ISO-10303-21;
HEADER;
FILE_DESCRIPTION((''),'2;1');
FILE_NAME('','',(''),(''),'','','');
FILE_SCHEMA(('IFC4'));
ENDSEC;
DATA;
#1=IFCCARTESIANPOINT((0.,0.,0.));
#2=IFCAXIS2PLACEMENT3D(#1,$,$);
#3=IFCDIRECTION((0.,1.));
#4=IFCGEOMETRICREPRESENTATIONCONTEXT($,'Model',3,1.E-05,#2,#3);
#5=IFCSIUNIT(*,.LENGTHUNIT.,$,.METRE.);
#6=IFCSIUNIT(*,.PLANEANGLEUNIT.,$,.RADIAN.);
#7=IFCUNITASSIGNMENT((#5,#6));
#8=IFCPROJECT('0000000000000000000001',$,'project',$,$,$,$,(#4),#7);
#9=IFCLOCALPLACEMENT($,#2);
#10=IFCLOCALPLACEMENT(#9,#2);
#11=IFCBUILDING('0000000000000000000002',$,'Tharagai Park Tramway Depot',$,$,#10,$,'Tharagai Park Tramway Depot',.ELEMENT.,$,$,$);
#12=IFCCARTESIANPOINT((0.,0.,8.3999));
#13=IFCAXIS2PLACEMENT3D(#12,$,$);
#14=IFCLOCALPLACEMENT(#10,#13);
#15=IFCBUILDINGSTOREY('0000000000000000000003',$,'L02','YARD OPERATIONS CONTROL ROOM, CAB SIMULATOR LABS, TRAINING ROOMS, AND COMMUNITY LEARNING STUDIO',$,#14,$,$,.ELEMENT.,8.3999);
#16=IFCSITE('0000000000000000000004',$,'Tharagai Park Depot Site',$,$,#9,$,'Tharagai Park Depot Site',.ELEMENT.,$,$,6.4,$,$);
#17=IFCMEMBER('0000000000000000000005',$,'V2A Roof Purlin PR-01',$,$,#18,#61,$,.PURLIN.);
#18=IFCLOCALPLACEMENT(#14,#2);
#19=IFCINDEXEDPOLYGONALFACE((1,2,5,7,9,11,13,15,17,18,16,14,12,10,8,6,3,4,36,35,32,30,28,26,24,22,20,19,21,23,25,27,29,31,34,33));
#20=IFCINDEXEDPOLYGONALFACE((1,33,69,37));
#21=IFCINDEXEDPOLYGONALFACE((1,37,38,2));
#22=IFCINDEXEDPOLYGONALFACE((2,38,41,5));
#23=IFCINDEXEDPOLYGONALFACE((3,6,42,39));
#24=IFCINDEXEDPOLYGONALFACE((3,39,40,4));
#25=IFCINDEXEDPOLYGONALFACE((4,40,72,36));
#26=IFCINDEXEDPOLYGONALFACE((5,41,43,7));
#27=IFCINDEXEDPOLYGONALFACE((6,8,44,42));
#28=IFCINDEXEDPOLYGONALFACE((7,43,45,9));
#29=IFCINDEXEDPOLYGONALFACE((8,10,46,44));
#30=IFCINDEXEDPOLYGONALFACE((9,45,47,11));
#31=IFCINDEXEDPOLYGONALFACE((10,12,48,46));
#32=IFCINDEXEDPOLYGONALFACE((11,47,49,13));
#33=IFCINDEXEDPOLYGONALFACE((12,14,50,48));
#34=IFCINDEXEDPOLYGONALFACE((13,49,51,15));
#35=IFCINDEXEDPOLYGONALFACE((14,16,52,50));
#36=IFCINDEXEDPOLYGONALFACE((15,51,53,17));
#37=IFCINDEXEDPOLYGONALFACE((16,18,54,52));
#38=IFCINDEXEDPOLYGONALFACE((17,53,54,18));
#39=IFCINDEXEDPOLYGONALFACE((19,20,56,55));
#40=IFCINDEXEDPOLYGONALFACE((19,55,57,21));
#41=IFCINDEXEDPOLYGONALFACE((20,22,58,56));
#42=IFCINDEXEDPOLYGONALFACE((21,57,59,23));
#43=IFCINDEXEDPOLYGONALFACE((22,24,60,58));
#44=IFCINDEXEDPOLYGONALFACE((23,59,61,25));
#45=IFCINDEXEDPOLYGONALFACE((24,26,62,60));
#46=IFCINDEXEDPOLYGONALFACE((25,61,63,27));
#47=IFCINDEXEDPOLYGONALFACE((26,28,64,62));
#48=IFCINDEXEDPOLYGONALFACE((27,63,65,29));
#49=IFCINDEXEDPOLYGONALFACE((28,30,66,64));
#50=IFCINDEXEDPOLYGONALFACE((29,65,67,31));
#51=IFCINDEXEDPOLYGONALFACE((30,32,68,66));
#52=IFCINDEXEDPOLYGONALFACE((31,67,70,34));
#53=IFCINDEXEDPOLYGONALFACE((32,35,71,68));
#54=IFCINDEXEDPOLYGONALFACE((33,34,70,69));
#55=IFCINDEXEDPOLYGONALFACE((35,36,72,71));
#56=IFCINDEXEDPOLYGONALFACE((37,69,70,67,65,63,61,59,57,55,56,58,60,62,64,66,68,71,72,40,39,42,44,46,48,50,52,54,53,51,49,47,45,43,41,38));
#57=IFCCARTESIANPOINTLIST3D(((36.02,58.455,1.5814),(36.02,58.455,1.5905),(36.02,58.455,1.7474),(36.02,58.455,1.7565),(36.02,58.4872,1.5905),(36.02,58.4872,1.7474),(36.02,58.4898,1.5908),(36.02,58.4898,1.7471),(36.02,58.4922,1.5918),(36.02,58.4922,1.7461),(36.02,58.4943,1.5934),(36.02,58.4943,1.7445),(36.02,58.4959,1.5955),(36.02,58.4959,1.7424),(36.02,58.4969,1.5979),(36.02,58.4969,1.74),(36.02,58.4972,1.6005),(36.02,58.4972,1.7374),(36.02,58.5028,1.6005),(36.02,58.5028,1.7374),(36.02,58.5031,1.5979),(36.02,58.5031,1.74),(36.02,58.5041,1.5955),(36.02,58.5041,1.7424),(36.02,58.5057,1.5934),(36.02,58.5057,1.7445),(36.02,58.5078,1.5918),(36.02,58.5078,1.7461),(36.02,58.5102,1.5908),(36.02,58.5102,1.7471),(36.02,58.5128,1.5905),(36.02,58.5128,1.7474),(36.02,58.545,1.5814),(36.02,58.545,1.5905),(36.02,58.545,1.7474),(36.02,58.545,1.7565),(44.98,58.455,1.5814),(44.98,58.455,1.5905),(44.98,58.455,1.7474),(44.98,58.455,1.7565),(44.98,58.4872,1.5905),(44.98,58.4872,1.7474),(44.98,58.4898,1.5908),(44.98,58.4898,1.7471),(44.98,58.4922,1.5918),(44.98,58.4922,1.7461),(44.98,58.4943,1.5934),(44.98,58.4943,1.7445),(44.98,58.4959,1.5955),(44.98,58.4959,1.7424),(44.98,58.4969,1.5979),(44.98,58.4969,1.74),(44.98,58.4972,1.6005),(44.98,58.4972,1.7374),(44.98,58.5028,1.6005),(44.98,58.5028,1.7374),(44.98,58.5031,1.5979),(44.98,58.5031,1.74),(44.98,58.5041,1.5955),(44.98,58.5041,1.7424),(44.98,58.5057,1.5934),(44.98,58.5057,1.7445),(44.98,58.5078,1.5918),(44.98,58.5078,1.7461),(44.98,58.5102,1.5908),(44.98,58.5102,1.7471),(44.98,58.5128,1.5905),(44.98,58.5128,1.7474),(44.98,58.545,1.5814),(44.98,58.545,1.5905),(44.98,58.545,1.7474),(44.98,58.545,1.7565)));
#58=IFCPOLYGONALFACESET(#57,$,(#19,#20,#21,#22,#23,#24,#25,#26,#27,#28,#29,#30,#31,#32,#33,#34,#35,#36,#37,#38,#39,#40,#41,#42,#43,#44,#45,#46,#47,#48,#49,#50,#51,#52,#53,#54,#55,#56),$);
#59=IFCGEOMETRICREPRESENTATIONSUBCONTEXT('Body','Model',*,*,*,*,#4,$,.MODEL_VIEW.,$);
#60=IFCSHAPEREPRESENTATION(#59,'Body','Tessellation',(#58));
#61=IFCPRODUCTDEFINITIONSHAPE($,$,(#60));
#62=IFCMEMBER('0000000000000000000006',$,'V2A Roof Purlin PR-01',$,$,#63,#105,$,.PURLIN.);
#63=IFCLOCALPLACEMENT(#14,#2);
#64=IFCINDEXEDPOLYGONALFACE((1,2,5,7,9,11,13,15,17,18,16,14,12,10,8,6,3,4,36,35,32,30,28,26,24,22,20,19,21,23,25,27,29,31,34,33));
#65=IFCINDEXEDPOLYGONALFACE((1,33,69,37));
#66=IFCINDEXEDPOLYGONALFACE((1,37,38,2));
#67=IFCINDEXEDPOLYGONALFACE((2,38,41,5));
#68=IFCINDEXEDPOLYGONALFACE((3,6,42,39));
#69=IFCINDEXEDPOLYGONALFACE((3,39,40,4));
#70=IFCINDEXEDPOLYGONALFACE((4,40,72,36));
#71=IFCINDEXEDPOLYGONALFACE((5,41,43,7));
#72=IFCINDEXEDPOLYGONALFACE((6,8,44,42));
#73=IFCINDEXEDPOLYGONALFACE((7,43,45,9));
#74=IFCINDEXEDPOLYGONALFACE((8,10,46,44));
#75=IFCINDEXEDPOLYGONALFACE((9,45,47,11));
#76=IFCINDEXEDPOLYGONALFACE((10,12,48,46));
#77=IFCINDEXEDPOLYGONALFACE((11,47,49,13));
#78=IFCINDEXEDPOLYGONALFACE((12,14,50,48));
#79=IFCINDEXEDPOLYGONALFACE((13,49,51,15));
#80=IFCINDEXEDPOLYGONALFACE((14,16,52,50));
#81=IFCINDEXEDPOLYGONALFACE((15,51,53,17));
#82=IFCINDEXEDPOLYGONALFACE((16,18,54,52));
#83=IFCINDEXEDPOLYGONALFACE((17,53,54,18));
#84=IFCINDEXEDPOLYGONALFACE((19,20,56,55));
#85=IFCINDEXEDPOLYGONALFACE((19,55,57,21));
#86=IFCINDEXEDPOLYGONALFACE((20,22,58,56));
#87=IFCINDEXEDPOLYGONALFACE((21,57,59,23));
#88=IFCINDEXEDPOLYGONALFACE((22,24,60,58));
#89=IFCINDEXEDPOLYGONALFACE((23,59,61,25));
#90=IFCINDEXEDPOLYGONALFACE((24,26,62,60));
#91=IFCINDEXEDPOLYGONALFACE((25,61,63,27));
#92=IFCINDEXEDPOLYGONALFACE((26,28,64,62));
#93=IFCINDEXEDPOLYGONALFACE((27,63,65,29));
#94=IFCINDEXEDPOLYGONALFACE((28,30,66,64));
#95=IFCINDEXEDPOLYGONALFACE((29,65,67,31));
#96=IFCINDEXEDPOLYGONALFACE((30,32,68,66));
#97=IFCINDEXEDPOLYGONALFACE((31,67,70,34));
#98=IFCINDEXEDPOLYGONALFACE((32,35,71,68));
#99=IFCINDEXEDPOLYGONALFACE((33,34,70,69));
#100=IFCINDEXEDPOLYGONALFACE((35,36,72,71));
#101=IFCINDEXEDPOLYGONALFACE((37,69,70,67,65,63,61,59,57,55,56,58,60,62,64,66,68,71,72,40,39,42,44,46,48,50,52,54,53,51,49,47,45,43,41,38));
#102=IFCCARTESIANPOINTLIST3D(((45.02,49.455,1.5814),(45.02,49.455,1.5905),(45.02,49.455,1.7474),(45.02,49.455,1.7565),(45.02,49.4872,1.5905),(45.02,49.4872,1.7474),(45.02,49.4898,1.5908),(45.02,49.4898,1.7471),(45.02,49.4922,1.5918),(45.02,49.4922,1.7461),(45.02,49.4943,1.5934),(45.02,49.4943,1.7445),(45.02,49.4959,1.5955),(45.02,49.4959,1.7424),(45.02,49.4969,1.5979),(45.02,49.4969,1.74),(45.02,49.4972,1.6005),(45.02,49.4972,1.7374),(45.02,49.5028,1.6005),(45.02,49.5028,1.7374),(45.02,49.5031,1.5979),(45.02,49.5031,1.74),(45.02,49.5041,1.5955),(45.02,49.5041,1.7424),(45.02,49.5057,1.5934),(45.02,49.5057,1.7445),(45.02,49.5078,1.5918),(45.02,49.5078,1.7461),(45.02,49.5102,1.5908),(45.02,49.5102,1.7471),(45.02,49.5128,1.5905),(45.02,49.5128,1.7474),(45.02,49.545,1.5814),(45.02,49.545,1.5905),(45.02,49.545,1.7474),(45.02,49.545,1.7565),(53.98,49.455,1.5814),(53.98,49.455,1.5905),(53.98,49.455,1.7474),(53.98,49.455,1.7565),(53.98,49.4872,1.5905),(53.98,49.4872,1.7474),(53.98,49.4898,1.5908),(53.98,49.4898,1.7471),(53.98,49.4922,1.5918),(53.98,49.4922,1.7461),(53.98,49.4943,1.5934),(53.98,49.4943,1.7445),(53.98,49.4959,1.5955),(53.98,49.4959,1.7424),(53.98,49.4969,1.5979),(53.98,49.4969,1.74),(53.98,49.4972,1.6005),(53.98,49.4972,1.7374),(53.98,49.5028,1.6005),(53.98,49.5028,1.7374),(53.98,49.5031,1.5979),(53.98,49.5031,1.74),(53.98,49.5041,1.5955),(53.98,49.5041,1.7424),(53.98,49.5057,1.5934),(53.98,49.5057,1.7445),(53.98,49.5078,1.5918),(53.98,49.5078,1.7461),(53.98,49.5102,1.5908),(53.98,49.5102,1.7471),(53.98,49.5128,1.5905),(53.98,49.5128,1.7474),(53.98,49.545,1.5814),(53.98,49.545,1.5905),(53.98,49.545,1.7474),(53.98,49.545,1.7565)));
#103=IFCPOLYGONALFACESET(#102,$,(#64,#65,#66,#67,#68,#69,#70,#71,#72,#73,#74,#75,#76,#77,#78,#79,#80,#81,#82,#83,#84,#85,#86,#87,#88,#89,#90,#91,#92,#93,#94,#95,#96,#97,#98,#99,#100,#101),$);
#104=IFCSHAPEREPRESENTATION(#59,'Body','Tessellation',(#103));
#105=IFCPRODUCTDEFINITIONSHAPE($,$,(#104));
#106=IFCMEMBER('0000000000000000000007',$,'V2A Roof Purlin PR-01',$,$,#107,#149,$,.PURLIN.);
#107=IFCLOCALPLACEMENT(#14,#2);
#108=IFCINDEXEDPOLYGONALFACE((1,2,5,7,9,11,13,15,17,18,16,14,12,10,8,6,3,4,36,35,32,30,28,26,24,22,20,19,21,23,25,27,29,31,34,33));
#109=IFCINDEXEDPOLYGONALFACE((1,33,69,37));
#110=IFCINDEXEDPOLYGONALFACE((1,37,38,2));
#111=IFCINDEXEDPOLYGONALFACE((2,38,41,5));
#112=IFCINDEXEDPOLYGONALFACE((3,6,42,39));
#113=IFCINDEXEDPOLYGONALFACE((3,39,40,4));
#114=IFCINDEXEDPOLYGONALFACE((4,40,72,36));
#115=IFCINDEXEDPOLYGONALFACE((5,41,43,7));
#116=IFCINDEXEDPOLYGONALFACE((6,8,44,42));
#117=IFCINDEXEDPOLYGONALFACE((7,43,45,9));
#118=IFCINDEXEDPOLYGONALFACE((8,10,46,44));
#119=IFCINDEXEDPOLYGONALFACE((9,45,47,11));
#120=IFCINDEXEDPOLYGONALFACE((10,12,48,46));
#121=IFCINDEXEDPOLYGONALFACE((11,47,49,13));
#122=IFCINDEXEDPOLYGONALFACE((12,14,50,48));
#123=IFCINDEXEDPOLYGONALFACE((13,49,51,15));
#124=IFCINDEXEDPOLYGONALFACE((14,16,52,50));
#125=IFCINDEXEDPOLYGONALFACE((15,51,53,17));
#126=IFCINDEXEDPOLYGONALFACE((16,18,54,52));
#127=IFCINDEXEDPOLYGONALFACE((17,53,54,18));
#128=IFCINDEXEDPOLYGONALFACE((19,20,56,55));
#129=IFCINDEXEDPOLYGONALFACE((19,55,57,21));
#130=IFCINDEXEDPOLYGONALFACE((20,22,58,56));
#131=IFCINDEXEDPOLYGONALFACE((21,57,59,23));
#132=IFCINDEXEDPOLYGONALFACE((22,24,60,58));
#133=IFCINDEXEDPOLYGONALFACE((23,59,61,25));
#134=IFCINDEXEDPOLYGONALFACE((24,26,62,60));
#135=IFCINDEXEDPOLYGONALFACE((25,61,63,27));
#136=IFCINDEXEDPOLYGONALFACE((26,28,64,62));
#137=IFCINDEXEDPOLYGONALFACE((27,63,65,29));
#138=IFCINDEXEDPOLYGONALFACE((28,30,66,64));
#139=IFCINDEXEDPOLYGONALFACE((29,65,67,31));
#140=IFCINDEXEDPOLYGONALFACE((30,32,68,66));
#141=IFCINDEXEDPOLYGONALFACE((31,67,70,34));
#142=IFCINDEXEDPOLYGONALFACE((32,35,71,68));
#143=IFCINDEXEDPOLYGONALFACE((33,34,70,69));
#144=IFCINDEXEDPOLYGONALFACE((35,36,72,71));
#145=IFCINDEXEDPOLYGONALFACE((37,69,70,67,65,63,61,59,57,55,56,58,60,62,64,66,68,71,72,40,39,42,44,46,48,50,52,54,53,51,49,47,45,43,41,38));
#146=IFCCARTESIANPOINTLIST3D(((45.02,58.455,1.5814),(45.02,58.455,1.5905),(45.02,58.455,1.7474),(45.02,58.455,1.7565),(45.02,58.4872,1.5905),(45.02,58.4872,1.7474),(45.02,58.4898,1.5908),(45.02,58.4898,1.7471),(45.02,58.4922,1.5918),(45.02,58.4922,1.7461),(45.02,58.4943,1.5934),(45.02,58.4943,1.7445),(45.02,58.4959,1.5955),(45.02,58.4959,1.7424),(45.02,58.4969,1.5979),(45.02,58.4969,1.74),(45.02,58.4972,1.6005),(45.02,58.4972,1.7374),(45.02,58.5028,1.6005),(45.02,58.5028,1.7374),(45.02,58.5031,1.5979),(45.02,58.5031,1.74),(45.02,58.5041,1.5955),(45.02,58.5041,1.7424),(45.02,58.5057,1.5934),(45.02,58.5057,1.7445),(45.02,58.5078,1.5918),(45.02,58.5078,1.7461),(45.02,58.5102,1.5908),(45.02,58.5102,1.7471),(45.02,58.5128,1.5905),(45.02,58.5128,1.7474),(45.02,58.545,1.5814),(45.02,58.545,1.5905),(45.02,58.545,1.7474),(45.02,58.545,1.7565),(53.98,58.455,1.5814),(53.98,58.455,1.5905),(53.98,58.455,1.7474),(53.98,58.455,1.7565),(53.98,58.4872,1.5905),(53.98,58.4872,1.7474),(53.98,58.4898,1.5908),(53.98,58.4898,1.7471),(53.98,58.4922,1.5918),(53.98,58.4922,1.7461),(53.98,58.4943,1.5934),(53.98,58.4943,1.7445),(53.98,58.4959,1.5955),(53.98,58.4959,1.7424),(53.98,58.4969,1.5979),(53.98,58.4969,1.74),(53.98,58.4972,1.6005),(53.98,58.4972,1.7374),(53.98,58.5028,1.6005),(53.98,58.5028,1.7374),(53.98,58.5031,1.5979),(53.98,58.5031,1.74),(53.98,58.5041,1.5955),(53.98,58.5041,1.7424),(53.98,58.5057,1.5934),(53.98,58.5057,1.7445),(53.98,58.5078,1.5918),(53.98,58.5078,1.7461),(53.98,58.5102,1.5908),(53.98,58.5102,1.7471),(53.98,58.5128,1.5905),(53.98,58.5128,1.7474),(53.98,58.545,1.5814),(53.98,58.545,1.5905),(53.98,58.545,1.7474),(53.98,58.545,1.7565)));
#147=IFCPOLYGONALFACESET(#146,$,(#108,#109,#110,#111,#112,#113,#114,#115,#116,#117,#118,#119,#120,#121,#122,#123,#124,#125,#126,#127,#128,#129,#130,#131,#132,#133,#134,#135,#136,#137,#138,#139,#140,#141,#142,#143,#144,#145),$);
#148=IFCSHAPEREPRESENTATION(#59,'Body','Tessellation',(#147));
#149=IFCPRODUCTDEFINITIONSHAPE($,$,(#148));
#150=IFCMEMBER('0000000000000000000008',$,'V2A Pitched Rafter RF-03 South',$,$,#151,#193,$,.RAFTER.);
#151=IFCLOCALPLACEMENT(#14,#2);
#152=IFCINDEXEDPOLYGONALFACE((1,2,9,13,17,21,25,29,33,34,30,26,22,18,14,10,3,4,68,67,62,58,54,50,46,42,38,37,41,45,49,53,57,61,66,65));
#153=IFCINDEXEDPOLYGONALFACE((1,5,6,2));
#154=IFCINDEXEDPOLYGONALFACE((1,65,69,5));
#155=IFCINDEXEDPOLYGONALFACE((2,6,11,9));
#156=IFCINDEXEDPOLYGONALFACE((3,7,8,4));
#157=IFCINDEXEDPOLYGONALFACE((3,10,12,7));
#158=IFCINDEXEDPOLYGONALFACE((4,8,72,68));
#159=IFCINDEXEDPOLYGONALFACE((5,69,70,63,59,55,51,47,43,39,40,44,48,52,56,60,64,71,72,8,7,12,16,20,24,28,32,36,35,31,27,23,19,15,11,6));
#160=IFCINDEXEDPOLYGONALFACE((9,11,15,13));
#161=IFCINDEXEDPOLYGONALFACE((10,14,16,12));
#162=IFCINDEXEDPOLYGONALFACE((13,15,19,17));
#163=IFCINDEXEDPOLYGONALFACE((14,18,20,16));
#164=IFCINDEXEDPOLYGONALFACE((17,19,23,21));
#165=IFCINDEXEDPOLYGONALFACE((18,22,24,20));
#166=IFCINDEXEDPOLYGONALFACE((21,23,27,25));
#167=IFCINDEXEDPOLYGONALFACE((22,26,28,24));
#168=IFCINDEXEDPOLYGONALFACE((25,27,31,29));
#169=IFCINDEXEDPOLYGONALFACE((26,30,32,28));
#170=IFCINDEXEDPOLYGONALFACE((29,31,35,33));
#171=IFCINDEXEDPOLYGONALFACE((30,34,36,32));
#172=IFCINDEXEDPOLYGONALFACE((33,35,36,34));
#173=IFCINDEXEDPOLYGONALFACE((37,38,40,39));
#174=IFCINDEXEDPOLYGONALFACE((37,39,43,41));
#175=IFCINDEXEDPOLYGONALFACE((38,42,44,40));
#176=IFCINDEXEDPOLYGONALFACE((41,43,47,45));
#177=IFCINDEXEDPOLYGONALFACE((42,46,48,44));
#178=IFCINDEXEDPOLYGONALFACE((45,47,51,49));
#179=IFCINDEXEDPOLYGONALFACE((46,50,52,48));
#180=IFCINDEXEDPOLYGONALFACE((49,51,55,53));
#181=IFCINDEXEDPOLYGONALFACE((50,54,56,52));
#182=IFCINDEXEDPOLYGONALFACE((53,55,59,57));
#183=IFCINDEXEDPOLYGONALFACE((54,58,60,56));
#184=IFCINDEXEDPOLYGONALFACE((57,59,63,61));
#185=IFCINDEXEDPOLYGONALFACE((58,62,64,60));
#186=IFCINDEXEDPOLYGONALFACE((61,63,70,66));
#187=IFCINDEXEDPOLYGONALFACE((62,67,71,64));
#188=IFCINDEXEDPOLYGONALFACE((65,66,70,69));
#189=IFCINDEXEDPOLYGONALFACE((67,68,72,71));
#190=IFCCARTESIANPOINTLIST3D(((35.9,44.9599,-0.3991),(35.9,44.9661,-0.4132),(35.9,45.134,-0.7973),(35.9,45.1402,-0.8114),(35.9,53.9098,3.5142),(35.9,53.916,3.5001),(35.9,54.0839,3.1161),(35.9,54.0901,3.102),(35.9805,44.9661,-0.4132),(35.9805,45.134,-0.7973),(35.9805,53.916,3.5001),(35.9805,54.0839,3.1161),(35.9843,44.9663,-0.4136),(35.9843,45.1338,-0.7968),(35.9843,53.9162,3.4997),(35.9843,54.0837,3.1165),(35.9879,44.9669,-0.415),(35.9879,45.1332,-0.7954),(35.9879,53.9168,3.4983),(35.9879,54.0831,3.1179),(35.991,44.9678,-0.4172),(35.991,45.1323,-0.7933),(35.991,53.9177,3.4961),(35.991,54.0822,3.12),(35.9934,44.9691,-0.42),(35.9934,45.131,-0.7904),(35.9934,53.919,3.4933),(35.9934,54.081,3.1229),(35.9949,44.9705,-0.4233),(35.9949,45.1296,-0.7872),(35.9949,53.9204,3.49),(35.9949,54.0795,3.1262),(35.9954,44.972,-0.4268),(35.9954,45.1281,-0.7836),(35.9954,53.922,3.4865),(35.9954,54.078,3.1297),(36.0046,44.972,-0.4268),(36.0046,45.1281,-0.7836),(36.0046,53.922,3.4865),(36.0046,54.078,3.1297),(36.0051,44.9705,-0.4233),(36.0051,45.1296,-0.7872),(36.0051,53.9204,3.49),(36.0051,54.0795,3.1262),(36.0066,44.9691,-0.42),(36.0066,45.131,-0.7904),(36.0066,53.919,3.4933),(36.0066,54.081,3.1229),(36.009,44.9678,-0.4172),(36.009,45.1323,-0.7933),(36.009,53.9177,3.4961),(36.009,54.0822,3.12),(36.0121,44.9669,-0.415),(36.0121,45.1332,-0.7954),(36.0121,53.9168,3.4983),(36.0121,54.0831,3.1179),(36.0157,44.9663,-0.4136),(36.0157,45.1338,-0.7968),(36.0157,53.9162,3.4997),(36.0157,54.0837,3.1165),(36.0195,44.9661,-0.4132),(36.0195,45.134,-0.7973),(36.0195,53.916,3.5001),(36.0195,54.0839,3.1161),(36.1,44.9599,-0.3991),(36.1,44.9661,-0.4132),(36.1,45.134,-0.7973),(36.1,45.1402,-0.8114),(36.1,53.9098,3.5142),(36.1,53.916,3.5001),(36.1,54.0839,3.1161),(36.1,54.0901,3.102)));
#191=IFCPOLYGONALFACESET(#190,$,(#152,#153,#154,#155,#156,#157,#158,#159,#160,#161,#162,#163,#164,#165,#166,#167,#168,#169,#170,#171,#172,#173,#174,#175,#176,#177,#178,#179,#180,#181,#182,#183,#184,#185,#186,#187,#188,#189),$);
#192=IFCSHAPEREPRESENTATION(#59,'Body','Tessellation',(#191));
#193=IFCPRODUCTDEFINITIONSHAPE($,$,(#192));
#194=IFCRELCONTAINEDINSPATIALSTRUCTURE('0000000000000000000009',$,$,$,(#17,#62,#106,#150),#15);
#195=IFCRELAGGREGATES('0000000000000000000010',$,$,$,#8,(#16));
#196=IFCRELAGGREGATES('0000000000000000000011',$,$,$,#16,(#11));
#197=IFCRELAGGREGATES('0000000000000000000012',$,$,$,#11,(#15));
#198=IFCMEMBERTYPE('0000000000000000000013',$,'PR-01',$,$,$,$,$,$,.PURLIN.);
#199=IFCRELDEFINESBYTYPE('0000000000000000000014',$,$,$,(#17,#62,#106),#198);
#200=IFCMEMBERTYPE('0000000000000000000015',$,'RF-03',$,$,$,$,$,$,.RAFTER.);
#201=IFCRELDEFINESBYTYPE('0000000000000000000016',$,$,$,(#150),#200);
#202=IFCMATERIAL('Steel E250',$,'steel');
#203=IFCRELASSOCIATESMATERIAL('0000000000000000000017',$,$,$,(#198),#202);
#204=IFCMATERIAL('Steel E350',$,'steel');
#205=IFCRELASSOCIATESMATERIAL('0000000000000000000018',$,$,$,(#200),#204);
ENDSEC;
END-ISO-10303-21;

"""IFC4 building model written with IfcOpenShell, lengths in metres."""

from ifc_helpers import new_model, si_unit, direction, frame, origin, origin_2d, place, context, subcontext, project, spatial, i_section, extrude, material, material_profile, profile_set, type_object, element, save


model = new_model("IFC4")

# Units and contexts
model_context = context("Model", 3, precision=1e-05, world=origin(), true_north=direction((0.0, 1.0)))
body_context = subcontext(model_context, "Body", "Model", "MODEL_VIEW")
ifc_project = project(units=[si_unit("LENGTHUNIT", "METRE"), si_unit("PLANEANGLEUNIT", "RADIAN")], contexts=[model_context])

# Site, building, storey
site_placement = place(None, origin())
site = spatial("IfcSite", under=ifc_project, at=site_placement, Name="Tharagai Park Depot Site", LongName="Tharagai Park Depot Site", CompositionType="ELEMENT", RefElevation=6.4)
building_placement = place(site_placement, origin())
building = spatial("IfcBuilding", under=site, at=building_placement, Name="Tharagai Park Tramway Depot", LongName="Tharagai Park Tramway Depot", CompositionType="ELEMENT")
storey_placement = place(building_placement, frame((0.0, 0.0, 8.3999)))
storey = spatial("IfcBuildingStorey", under=building, at=storey_placement, Name="L02", Description="YARD OPERATIONS CONTROL ROOM, CAB SIMULATOR LABS, TRAINING ROOMS, AND COMMUNITY LEARNING STUDIO", CompositionType="ELEMENT", Elevation=8.3999)

# Shared definitions
ifc_material_1 = material(Name="Steel E350", Category="steel")

# Members
ifc_material_2 = material(Name="Steel E250", Category="steel")
ifc_material_profile_1 = material_profile(ifc_material_2, i_section(OverallWidth=0.0901, OverallDepth=0.175, WebThickness=0.0056, FlangeThickness=0.009, FilletRadius=0.01, at=origin_2d()), Name="ISMB 175")
ifc_profile_set_1 = profile_set([ifc_material_profile_1], Name="Steel E250")
member_type_1 = type_object("IfcMemberType", Name="PR-01", PredefinedType="PURLIN", material=ifc_profile_set_1)
for number, where, z_axis, x_axis, name in (
    (1, (36.02, 58.5, 1.6689), (1.0, 0.0, 0.0), (0.0, 1.0, 0.0), "V2A Roof Purlin PR-01"),
    (2, (45.02, 49.5, 1.6689), (1.0, 0.0, 0.0), (0.0, 1.0, 0.0), "V2A Roof Purlin PR-01"),
    (3, (45.02, 58.5, 1.6689), (1.0, 0.0, 0.0), (0.0, 1.0, 0.0), "V2A Roof Purlin PR-01"),
):
    element("IfcMember", number, at=place(storey_placement, frame(where, z_axis=z_axis, x_axis=x_axis)), inside=storey, type_object=member_type_1, Name=name, PredefinedType="PURLIN", context=body_context, shape_type="SweptSolid", body=[
        extrude(i_section(OverallWidth=0.0901, OverallDepth=0.175, WebThickness=0.0056, FlangeThickness=0.009, FilletRadius=0.01, at=origin_2d()), origin(), (0.0, 0.0, 1.0), 8.96),
    ])
ifc_material_profile_2 = material_profile(ifc_material_1, i_section(OverallWidth=0.2, OverallDepth=0.45, WebThickness=0.0093, FlangeThickness=0.0154, FilletRadius=0.0149, at=origin_2d()), Name="ISWB 450")
ifc_profile_set_2 = profile_set([ifc_material_profile_2], Name="Steel E350")
member_type_2 = type_object("IfcMemberType", Name="RF-03", PredefinedType="RAFTER", material=ifc_profile_set_2)
for number, where, z_axis, x_axis, name in (
    (4, (36.0, 45.05, -0.6052), (0.0, 0.916243, 0.400623), (-1.0, 0.0, 0.0), "V2A Pitched Rafter RF-03 South"),
):
    element("IfcMember", number, at=place(storey_placement, frame(where, z_axis=z_axis, x_axis=x_axis)), inside=storey, type_object=member_type_2, Name=name, PredefinedType="RAFTER", context=body_context, shape_type="SweptSolid", body=[
        extrude(i_section(OverallWidth=0.2, OverallDepth=0.45, WebThickness=0.0093, FlangeThickness=0.0154, FilletRadius=0.0149, at=origin_2d()), origin(), (0.0, 0.0, 1.0), 9.7681),
    ])

save(model, "model.ifc")
